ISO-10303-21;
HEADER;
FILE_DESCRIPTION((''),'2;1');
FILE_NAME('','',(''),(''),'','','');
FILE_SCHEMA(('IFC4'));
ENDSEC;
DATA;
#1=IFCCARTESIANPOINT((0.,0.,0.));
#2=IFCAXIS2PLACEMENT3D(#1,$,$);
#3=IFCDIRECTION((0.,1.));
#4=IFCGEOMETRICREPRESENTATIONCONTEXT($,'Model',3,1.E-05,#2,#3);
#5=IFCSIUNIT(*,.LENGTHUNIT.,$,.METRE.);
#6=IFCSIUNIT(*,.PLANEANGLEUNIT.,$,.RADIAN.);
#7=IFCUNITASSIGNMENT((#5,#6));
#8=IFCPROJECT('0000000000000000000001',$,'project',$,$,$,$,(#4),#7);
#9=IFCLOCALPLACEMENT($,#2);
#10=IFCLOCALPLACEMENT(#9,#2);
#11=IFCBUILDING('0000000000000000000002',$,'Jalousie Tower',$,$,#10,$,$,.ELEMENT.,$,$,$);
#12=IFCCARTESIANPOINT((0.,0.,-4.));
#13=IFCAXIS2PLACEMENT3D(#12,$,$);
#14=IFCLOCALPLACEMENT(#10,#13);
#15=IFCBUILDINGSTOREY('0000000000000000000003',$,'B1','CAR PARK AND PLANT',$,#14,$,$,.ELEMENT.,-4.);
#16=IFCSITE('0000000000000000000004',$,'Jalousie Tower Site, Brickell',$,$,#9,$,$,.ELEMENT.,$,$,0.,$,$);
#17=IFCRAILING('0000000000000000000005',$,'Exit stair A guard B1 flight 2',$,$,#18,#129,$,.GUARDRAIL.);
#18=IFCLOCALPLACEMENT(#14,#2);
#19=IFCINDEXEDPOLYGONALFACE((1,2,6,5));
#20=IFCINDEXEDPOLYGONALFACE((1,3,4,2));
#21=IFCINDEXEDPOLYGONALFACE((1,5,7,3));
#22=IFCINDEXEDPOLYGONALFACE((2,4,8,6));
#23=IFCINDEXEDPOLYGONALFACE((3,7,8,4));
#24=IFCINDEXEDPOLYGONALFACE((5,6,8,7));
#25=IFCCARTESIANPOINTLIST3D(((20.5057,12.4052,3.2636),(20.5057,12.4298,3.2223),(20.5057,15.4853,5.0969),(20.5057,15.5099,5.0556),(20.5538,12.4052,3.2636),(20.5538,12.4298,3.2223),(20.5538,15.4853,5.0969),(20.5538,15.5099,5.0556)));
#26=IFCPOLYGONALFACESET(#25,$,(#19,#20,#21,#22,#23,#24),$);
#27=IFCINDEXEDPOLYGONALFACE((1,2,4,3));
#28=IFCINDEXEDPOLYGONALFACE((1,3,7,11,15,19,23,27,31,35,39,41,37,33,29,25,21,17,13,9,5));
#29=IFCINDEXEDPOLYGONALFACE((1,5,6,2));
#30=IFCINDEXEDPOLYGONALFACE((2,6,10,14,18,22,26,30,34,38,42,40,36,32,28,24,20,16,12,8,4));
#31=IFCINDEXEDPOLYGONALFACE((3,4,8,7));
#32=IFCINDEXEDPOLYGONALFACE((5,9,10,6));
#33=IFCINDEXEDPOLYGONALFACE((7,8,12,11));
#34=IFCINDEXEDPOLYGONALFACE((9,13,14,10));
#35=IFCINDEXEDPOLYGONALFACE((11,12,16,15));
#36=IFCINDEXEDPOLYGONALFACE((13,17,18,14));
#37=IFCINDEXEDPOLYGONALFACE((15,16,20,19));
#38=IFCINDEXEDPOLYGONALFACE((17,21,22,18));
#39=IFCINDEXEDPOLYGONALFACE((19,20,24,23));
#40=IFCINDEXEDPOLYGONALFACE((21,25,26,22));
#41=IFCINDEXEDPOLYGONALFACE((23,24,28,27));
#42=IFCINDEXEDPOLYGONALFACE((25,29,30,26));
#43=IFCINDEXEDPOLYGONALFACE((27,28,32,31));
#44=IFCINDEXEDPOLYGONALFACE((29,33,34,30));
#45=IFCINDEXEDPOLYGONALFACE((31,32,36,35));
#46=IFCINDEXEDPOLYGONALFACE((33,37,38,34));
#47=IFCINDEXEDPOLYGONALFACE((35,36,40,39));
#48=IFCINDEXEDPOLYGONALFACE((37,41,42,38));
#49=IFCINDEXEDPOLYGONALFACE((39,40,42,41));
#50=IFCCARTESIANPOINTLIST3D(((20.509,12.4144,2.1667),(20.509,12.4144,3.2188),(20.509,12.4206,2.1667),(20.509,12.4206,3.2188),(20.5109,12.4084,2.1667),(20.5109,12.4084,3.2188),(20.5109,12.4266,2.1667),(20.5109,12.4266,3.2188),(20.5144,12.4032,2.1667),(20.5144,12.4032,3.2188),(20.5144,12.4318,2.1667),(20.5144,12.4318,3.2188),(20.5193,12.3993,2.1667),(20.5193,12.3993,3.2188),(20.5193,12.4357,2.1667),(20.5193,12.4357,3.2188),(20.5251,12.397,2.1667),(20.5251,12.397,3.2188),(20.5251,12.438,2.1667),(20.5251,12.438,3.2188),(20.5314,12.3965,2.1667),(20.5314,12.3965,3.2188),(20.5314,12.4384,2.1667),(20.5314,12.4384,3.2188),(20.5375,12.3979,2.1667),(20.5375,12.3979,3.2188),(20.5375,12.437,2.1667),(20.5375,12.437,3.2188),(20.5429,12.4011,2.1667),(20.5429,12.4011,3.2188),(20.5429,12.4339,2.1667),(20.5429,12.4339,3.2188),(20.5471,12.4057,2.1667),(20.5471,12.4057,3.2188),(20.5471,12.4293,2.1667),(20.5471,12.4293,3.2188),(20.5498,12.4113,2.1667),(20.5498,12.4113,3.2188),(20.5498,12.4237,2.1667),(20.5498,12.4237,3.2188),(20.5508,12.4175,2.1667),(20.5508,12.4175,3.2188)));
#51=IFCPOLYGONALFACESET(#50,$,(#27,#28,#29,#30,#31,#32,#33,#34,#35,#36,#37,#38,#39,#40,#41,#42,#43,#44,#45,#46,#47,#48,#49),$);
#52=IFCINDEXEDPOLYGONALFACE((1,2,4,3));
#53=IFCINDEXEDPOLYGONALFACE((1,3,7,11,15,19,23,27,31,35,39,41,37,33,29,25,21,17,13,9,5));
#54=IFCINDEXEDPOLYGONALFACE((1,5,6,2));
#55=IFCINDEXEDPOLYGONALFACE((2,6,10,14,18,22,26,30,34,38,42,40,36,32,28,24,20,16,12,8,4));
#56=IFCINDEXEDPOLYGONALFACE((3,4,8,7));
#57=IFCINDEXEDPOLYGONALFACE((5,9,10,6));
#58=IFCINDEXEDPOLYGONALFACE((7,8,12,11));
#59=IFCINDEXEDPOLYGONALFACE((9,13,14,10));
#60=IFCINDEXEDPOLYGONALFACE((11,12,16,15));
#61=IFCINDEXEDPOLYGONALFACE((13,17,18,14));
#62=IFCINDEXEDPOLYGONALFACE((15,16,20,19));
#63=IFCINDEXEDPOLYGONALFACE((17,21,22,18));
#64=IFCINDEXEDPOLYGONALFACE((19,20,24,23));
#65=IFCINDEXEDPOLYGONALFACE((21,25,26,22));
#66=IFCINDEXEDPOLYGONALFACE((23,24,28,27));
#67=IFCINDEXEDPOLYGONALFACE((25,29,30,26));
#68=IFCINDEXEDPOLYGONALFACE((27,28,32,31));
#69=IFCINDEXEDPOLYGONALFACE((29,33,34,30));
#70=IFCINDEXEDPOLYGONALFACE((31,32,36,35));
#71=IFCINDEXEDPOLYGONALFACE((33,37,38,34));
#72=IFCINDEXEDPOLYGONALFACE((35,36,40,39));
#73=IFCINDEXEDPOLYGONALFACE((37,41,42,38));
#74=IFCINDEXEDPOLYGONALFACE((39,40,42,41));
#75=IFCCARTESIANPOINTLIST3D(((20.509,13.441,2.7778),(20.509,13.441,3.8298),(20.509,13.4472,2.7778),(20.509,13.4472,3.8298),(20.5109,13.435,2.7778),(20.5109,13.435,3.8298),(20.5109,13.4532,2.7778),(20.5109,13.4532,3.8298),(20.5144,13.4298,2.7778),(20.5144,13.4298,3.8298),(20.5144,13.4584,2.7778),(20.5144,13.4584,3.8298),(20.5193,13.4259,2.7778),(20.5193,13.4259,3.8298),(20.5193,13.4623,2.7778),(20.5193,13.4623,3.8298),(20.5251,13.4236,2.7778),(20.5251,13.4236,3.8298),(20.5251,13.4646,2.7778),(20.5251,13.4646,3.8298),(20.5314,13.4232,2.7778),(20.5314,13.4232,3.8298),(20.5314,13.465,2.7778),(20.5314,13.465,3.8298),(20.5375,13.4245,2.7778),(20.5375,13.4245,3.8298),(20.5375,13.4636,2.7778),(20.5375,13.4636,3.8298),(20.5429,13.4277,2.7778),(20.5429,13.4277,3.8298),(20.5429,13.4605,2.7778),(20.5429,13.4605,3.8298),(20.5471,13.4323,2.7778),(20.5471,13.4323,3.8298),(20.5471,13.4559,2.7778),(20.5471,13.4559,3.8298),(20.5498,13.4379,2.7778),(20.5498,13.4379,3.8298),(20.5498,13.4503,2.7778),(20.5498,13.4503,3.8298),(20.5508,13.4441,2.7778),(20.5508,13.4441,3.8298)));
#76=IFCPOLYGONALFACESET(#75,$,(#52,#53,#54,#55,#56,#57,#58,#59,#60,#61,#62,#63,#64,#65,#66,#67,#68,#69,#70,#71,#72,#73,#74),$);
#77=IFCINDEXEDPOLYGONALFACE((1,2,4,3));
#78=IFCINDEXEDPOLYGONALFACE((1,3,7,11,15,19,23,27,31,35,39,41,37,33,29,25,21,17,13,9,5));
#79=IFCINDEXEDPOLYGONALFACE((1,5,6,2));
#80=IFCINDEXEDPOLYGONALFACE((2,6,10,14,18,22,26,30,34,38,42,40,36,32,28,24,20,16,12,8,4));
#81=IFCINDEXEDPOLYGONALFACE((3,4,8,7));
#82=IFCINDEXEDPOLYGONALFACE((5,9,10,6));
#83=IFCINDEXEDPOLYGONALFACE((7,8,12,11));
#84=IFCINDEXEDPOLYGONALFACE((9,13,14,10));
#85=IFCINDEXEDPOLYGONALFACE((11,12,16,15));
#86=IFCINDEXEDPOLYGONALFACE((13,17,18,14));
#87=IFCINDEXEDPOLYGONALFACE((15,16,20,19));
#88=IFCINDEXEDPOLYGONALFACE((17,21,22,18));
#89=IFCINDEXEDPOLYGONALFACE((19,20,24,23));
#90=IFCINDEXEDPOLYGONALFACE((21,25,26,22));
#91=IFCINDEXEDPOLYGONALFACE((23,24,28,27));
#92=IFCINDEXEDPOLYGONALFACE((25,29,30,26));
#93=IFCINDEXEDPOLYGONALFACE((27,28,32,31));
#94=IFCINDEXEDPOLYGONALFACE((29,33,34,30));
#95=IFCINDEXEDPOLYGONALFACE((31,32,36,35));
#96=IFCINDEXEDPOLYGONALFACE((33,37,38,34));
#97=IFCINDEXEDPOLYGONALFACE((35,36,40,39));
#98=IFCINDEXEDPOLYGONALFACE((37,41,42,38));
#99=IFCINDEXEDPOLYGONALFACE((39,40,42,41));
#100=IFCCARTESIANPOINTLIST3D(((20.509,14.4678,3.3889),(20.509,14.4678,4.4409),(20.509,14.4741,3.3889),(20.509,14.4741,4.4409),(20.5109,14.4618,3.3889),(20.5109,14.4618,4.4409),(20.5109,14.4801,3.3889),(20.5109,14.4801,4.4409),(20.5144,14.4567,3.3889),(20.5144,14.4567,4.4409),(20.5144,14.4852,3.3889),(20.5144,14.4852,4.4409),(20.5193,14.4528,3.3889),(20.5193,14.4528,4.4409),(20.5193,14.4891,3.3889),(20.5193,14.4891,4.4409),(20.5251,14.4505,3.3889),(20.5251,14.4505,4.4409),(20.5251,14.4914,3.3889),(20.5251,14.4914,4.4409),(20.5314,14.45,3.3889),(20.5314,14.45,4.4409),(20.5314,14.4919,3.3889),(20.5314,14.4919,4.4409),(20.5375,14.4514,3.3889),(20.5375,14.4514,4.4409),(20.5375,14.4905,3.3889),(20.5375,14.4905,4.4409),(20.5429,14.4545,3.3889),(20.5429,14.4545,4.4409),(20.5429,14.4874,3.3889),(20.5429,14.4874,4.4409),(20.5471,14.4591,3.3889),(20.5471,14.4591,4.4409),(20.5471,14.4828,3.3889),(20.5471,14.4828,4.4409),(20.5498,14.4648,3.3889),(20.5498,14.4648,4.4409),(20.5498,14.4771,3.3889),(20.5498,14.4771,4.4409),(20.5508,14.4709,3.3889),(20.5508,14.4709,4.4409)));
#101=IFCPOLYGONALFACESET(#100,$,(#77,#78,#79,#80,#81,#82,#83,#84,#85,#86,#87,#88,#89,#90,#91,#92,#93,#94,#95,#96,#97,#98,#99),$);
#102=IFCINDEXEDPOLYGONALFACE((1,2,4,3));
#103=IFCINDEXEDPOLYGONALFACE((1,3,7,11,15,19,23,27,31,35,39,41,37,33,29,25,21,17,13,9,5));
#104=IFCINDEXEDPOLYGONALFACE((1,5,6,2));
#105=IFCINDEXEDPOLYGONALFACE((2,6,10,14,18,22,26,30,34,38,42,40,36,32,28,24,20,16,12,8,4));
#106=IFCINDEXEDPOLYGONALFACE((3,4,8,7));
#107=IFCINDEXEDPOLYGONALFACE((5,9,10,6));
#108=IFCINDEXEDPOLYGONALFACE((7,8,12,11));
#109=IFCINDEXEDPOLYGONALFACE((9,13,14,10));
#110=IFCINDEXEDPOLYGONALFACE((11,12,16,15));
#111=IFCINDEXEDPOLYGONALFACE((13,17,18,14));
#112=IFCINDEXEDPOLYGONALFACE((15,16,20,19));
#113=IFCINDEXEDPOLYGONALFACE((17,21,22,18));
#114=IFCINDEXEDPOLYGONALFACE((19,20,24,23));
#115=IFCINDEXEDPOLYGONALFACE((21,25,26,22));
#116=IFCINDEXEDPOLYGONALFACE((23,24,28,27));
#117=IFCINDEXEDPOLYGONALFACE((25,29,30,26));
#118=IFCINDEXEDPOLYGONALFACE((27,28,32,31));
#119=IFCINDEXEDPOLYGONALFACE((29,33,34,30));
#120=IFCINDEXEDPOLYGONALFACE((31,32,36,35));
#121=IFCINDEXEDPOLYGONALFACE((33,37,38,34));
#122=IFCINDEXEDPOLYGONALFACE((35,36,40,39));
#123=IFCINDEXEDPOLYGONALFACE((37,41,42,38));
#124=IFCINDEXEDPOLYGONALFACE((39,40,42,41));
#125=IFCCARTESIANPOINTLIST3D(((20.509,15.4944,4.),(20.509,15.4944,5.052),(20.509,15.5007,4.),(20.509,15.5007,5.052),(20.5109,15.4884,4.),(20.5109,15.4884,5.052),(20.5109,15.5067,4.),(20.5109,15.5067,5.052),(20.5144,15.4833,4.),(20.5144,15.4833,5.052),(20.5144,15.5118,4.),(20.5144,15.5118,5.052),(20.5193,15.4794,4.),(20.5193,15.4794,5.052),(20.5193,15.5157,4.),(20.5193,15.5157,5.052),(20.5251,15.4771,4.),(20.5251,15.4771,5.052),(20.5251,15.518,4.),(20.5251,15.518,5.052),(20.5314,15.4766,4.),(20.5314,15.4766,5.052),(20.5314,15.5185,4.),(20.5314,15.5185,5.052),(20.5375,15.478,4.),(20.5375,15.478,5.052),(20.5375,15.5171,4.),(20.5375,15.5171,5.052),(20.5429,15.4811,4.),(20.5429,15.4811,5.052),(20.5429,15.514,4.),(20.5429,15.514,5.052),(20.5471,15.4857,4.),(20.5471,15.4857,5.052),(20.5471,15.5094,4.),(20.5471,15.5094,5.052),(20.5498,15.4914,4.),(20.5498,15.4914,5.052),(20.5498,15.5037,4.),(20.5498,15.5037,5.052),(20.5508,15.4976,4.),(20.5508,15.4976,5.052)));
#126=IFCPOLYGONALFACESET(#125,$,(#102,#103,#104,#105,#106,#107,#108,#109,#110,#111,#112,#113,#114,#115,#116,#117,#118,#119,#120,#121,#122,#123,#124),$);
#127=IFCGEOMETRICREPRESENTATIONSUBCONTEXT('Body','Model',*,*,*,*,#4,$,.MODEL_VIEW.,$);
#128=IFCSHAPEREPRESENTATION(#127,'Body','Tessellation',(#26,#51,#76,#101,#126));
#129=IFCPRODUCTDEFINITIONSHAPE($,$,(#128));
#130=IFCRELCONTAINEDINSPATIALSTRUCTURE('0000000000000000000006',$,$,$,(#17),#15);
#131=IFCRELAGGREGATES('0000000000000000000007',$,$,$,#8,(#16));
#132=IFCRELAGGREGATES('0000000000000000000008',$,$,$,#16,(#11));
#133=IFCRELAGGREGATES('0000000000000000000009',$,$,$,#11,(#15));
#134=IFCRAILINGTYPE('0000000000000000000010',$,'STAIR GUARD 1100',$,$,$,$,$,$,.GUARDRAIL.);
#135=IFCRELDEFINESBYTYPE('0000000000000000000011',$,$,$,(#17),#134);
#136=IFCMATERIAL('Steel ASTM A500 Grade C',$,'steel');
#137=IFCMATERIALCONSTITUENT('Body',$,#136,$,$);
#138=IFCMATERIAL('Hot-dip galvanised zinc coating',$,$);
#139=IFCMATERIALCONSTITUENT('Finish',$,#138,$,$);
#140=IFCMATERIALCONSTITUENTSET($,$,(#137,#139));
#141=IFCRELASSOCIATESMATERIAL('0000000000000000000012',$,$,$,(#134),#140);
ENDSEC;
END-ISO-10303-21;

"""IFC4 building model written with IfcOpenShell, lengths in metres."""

from ifc_helpers import new_model, si_unit, direction, frame, origin, origin_2d, place, context, subcontext, project, spatial, rectangle, circle, extrude, material, constituent, constituent_set, type_object, element, save


model = new_model("IFC4")

# Units and contexts
model_context = context("Model", 3, precision=1e-05, world=origin(), true_north=direction((0.0, 1.0)))
body_context = subcontext(model_context, "Body", "Model", "MODEL_VIEW")
ifc_project = project(units=[si_unit("LENGTHUNIT", "METRE"), si_unit("PLANEANGLEUNIT", "RADIAN")], contexts=[model_context])

# Site, building, storey
site_placement = place(None, origin())
site = spatial("IfcSite", under=ifc_project, at=site_placement, Name="Jalousie Tower Site, Brickell", CompositionType="ELEMENT", RefElevation=0.0)
building_placement = place(site_placement, origin())
building = spatial("IfcBuilding", under=site, at=building_placement, Name="Jalousie Tower", CompositionType="ELEMENT")
storey_placement = place(building_placement, frame((0.0, 0.0, -4.0)))
storey = spatial("IfcBuildingStorey", under=building, at=storey_placement, Name="B1", Description="CAR PARK AND PLANT", CompositionType="ELEMENT", Elevation=-4.0)

# Railing
ifc_material_1 = material(Name="Steel ASTM A500 Grade C", Category="steel")
ifc_constituent_1 = constituent(ifc_material_1, Name="Body")
ifc_material_2 = material(Name="Hot-dip galvanised zinc coating")
ifc_constituent_2 = constituent(ifc_material_2, Name="Finish")
ifc_constituent_set_1 = constituent_set(constituents=[ifc_constituent_1, ifc_constituent_2])
railing_type_1 = type_object("IfcRailingType", Name="STAIR GUARD 1100", PredefinedType="GUARDRAIL", material=ifc_constituent_set_1)
railing_1_placement = place(storey_placement, frame((20.5298, 12.4175, 2.1667)))
element("IfcRailing", 1, at=railing_1_placement, inside=storey, type_object=railing_type_1, Name="Exit stair A guard B1 flight 2", PredefinedType="GUARDRAIL", context=body_context, shape_type="SweptSolid", body=[
    extrude(rectangle(XDim=0.0481, YDim=0.0481, at=origin_2d()), frame((0.0, 0.0, 1.0762), z_axis=(0.0, 0.859309, 0.511458), x_axis=(-1.0, 0.0, 0.0)), (0.0, 0.0, 1.0), 3.5845),
    extrude(circle(Radius=0.021, at=origin_2d()), origin(), (0.0, 0.0, 1.0), 1.052),
    extrude(circle(Radius=0.021, at=origin_2d()), frame((0.0, 1.0266, 0.6111)), (0.0, 0.0, 1.0), 1.052),
    extrude(circle(Radius=0.021, at=origin_2d()), frame((0.0, 2.0535, 1.2222)), (0.0, 0.0, 1.0), 1.052),
    extrude(circle(Radius=0.021, at=origin_2d()), frame((0.0, 3.0801, 1.8333)), (0.0, 0.0, 1.0), 1.052),
])

save(model, "model.ifc")
